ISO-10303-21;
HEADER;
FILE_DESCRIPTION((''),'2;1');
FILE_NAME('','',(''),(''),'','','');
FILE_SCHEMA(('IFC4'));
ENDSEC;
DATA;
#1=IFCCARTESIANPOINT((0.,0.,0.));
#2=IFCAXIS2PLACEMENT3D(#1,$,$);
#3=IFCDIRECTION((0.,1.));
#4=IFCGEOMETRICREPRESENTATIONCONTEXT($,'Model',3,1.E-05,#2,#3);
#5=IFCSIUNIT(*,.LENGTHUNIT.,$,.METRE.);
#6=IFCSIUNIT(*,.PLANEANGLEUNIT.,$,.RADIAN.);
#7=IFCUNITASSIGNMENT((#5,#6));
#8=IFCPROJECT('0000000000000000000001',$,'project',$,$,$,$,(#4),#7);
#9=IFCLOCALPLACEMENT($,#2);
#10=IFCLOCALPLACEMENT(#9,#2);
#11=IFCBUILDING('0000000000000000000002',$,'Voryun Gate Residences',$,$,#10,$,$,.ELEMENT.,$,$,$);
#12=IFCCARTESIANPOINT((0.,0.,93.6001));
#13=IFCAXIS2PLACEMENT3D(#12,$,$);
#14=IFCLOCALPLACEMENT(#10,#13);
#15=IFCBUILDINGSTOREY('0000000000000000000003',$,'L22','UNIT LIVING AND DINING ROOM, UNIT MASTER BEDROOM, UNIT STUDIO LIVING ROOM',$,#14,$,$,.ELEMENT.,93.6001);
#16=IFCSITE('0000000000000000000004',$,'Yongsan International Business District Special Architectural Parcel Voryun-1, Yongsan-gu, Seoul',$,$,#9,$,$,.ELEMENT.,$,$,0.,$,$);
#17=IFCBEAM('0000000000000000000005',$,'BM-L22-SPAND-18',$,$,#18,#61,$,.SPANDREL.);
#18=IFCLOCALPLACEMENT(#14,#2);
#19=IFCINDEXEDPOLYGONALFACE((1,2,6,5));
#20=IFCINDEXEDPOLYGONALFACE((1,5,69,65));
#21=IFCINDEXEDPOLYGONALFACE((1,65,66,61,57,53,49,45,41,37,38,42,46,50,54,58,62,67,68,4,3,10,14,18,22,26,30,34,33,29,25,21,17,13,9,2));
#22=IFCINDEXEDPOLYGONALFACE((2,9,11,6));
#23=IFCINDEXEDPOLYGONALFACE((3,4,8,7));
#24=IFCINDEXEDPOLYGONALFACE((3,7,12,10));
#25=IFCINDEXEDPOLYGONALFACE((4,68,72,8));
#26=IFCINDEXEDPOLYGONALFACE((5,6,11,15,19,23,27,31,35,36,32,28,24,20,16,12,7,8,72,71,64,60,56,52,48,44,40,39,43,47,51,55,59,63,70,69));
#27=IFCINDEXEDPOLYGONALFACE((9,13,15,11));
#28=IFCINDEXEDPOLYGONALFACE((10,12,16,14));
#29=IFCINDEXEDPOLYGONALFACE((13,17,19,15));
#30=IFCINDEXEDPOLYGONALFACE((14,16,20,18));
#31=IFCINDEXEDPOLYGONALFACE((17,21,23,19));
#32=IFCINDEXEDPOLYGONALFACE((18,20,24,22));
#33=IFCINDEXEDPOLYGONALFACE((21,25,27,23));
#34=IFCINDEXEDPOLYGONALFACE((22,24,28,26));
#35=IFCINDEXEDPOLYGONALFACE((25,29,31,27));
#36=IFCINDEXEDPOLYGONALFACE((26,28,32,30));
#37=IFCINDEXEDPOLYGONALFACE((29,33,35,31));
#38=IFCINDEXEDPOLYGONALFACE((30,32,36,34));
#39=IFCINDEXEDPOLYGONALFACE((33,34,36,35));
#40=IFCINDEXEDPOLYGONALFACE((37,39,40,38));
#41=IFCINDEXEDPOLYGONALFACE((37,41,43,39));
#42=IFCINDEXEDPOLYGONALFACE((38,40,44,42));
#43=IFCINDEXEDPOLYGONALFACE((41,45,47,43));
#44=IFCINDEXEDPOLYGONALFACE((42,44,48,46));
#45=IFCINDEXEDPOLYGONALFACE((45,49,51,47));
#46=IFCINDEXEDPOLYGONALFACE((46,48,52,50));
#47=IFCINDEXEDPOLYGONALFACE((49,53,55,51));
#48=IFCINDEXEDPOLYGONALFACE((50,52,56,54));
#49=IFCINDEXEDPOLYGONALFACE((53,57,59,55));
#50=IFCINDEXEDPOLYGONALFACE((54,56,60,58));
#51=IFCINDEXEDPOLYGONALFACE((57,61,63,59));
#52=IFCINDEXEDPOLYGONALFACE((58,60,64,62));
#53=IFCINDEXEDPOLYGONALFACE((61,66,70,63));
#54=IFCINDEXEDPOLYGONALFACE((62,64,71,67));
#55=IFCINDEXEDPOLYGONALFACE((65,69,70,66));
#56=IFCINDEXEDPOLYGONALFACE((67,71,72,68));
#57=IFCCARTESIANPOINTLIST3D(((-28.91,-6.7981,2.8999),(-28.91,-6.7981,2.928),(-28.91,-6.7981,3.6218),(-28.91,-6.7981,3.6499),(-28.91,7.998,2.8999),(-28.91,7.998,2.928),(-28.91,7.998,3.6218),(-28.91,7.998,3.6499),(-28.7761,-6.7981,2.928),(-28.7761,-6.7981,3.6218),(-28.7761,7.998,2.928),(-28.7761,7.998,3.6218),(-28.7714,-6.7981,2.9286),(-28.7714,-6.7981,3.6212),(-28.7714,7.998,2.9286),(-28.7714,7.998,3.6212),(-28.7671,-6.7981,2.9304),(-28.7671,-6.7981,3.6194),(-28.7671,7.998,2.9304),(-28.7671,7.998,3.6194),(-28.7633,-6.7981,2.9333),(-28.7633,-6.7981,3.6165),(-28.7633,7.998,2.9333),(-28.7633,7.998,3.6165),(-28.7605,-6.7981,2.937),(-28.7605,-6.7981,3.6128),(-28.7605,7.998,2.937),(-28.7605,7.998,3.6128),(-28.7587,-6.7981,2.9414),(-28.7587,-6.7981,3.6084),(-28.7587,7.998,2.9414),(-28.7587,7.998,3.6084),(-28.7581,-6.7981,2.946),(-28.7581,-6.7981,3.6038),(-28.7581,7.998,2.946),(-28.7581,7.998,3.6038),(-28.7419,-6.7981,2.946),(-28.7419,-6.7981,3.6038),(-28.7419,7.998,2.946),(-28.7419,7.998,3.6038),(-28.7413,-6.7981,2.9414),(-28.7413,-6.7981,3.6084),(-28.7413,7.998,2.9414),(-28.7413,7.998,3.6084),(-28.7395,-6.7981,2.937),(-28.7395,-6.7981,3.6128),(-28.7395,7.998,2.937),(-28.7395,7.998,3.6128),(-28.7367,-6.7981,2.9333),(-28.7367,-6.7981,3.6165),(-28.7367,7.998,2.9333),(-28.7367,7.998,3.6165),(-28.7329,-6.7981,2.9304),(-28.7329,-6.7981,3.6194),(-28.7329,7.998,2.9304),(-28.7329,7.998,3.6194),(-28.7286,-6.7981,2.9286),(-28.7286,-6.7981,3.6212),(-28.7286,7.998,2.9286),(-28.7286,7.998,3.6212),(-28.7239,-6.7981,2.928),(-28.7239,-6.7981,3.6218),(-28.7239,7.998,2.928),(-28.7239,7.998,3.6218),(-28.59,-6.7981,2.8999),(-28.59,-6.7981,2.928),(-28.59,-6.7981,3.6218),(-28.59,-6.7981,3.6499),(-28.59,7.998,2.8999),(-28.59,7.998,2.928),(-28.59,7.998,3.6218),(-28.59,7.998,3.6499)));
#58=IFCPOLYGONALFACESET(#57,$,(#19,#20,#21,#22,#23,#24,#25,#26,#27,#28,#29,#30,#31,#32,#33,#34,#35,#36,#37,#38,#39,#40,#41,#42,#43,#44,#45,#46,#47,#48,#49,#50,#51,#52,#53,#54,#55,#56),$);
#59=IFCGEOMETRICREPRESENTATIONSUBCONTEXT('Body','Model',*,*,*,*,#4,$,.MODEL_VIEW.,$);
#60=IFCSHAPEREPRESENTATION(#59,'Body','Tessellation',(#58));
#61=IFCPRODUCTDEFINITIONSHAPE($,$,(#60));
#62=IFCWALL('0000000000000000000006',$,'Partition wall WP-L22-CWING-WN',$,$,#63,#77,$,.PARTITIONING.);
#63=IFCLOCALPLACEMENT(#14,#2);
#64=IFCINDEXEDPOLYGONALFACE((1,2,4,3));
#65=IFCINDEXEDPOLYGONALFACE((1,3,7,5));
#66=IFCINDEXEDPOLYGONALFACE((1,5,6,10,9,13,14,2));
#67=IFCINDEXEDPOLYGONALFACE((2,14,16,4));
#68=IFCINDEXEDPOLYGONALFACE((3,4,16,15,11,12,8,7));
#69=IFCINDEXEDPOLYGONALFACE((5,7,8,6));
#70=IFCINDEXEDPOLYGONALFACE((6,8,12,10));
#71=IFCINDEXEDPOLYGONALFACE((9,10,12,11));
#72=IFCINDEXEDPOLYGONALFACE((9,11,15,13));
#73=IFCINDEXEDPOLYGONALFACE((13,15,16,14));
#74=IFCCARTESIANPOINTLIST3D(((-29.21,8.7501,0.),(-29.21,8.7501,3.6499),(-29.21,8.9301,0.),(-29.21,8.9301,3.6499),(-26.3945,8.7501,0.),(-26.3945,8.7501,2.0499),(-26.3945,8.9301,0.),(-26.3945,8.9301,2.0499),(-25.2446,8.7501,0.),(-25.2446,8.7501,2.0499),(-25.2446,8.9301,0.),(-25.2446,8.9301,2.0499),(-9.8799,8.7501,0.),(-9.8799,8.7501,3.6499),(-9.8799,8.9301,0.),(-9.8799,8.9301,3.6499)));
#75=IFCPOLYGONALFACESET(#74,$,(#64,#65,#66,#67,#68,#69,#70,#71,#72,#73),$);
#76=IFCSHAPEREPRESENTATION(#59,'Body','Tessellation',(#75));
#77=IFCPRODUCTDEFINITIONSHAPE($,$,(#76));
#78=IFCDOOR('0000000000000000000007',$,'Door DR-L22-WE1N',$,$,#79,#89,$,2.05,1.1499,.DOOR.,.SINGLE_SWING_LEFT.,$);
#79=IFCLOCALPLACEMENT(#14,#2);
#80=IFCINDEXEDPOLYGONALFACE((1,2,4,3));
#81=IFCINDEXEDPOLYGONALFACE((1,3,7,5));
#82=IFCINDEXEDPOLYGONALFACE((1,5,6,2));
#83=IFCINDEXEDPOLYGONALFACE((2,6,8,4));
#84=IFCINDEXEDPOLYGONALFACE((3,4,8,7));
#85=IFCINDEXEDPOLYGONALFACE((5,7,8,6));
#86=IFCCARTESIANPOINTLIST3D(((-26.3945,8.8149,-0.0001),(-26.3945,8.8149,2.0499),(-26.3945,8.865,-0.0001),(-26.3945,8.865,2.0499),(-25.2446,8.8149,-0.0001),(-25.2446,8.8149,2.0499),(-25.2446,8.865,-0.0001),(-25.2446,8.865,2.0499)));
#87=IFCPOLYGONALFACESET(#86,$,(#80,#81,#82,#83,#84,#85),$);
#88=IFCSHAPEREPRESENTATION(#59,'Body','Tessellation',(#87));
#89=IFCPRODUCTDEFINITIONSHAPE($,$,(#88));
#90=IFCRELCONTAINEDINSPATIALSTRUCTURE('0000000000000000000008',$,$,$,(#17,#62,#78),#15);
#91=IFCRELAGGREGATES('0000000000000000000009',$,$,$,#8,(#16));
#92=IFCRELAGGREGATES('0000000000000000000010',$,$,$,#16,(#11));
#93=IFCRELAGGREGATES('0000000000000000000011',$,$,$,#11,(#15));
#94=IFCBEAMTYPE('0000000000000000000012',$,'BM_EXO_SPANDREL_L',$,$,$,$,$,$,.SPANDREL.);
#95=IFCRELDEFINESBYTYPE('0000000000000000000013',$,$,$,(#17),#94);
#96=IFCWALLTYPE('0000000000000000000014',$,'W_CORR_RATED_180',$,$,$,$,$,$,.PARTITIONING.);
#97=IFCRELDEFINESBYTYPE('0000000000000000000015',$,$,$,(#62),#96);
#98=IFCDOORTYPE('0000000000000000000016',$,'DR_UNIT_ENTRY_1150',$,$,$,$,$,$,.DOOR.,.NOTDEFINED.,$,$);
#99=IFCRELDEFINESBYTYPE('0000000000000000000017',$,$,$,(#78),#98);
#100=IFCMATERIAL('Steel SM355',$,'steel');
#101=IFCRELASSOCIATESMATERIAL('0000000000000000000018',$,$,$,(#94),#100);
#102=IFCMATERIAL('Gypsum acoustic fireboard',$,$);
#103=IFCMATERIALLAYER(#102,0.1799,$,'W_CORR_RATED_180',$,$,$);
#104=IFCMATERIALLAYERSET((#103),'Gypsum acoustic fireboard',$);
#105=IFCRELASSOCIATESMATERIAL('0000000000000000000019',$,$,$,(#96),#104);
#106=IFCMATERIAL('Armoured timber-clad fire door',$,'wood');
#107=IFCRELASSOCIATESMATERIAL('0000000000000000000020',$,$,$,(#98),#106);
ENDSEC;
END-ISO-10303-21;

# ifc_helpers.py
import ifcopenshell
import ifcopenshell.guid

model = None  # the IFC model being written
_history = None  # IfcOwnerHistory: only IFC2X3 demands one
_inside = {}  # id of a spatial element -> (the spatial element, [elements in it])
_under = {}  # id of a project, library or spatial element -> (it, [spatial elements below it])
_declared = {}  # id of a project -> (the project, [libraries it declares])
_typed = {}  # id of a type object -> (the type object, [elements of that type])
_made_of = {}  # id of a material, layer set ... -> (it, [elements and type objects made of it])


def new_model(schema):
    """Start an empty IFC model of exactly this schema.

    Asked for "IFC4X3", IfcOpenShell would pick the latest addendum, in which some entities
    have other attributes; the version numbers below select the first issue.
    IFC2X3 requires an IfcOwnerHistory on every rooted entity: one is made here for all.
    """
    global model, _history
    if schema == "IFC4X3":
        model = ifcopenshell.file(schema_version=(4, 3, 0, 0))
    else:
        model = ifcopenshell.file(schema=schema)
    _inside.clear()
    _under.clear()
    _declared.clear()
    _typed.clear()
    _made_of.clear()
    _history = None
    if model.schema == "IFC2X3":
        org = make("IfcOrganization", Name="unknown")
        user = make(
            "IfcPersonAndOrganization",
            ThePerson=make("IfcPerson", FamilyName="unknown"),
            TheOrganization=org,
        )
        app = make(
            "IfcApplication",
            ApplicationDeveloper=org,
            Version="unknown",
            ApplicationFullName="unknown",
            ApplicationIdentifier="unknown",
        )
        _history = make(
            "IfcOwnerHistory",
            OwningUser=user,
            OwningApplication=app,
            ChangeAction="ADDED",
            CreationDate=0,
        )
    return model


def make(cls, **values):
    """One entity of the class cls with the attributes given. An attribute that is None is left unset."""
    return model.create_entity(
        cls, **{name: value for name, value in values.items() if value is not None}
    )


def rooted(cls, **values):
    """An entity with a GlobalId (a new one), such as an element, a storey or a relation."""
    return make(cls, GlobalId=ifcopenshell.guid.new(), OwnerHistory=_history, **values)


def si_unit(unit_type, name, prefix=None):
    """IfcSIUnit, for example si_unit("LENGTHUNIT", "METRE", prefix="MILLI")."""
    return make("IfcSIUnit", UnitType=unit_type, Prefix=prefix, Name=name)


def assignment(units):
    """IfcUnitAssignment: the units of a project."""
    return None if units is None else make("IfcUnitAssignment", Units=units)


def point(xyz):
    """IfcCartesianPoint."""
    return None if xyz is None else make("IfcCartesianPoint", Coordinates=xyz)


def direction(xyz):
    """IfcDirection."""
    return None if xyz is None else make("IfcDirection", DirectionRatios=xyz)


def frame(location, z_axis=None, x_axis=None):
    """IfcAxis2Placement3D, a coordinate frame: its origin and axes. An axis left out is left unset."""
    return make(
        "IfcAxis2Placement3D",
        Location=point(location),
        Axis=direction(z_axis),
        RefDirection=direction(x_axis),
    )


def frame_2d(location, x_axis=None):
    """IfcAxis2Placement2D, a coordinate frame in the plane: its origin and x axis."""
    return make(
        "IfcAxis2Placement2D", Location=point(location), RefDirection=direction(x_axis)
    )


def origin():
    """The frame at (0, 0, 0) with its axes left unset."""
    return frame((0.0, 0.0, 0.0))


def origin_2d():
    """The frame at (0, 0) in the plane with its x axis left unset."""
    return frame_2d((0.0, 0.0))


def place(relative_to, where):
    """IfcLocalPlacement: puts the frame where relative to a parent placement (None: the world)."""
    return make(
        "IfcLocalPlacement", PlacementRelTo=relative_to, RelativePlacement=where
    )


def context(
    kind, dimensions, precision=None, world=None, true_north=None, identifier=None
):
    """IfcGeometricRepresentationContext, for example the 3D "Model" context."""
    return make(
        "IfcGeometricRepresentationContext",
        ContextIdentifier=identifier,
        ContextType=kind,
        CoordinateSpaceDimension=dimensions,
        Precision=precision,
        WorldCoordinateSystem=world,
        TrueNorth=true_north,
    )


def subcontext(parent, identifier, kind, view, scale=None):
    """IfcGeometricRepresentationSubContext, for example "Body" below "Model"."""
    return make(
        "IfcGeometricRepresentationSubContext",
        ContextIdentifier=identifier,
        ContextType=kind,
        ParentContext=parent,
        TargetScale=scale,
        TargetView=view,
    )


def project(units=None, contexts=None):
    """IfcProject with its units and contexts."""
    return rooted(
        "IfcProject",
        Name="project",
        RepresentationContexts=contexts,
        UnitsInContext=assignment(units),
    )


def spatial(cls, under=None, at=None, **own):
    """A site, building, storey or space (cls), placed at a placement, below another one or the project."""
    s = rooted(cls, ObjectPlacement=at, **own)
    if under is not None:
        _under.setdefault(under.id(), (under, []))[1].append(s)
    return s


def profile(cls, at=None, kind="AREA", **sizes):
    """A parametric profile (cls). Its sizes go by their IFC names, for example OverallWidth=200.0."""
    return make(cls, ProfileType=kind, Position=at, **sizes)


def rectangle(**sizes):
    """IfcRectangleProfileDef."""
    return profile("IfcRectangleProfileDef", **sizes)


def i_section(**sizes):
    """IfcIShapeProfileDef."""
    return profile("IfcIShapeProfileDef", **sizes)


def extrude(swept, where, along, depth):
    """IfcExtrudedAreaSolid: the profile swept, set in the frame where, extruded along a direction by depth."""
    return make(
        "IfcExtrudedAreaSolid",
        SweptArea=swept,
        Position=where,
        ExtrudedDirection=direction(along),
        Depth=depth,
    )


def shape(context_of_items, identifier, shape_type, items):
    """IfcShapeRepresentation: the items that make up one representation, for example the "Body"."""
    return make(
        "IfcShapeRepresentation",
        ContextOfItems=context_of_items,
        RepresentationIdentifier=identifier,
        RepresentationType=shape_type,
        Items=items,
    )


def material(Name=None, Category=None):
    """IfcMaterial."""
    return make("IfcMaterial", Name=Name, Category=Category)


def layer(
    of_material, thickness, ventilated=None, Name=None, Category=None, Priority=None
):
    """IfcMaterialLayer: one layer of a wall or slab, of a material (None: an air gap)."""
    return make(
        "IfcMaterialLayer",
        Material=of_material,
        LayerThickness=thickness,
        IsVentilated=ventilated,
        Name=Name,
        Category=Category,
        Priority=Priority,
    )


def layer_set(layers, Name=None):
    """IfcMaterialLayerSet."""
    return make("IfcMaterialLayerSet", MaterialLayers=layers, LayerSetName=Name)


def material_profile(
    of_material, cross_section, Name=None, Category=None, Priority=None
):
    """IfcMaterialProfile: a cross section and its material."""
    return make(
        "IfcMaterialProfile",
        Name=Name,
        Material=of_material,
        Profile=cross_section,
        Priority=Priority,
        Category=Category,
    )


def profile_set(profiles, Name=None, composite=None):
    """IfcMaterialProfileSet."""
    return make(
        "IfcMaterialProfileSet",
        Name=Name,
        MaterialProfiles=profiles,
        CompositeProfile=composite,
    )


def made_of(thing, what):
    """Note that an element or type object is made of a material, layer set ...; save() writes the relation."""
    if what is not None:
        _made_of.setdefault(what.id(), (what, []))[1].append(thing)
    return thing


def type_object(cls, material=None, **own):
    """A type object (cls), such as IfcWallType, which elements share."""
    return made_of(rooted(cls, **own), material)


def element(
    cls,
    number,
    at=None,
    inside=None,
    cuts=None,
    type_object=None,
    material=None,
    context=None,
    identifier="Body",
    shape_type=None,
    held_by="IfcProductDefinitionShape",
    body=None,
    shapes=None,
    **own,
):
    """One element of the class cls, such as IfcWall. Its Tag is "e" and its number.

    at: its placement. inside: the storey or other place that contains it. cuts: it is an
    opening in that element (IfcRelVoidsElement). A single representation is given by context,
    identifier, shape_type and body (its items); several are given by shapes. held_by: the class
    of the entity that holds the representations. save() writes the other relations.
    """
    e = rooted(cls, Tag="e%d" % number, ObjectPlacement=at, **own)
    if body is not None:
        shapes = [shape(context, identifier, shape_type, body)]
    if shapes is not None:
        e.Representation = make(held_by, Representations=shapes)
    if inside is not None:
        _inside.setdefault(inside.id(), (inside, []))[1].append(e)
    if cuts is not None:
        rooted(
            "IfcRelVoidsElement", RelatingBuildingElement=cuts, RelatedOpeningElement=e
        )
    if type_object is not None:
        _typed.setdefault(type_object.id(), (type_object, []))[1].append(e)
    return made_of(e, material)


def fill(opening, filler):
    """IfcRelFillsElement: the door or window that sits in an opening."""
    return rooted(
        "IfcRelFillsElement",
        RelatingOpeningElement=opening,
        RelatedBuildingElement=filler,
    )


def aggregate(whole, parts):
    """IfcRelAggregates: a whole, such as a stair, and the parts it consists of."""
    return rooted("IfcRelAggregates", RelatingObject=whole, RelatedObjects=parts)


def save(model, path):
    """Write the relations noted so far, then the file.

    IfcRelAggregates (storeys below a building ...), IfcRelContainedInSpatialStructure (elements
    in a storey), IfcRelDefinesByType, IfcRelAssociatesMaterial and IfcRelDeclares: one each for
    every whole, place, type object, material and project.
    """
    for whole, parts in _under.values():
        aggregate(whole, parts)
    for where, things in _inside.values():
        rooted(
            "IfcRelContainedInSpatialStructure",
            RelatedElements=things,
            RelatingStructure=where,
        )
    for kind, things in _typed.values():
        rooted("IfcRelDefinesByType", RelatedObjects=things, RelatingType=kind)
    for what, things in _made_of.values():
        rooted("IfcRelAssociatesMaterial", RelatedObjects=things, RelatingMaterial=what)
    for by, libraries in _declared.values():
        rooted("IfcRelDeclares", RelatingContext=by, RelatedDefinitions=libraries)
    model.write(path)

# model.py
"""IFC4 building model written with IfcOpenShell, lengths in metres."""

from ifc_helpers import new_model, si_unit, direction, frame, frame_2d, origin, origin_2d, place, context, subcontext, project, spatial, rectangle, i_section, extrude, material, layer, layer_set, material_profile, profile_set, type_object, element, fill, save


model = new_model("IFC4")

# Units and contexts
model_context = context("Model", 3, precision=1e-05, world=origin(), true_north=direction((0.0, 1.0)))
body_context = subcontext(model_context, "Body", "Model", "MODEL_VIEW")
ifc_project = project(units=[si_unit("LENGTHUNIT", "METRE"), si_unit("PLANEANGLEUNIT", "RADIAN")], contexts=[model_context])

# Site, building, storey
site_placement = place(None, origin())
site = spatial("IfcSite", under=ifc_project, at=site_placement, Name="Yongsan International Business District Special Architectural Parcel Voryun-1, Yongsan-gu, Seoul", CompositionType="ELEMENT", RefElevation=0.0)
building_placement = place(site_placement, origin())
building = spatial("IfcBuilding", under=site, at=building_placement, Name="Voryun Gate Residences", CompositionType="ELEMENT")
storey_placement = place(building_placement, frame((0.0, 0.0, 93.6001)))
storey = spatial("IfcBuildingStorey", under=building, at=storey_placement, Name="L22", Description="UNIT LIVING AND DINING ROOM, UNIT MASTER BEDROOM, UNIT STUDIO LIVING ROOM", CompositionType="ELEMENT", Elevation=93.6001)

# Beam
ifc_material_1 = material(Name="Steel SM355", Category="steel")
ifc_material_profile = material_profile(ifc_material_1, i_section(OverallWidth=0.3201, OverallDepth=0.75, WebThickness=0.0161, FlangeThickness=0.0281, FilletRadius=0.0181, at=origin_2d()), Name="H-750x320x16x28")
ifc_profile_set = profile_set([ifc_material_profile], Name="Steel SM355")
beam_type = type_object("IfcBeamType", Name="BM_EXO_SPANDREL_L", PredefinedType="SPANDREL", material=ifc_profile_set)
beam_placement = place(storey_placement, frame((-28.75, 7.998, 3.2749), z_axis=(0.0, -1.0, 0.0), x_axis=(1.0, 0.0, 0.0)))
element("IfcBeam", 1, at=beam_placement, inside=storey, type_object=beam_type, Name="BM-L22-SPAND-18", PredefinedType="SPANDREL", context=body_context, shape_type="SweptSolid", body=[
    extrude(i_section(OverallWidth=0.3201, OverallDepth=0.75, WebThickness=0.0161, FlangeThickness=0.0281, FilletRadius=0.0181, at=origin_2d()), origin(), (0.0, 0.0, 1.0), 14.7961),
])

# Wall, opening, door
ifc_material_2 = material(Name="Gypsum acoustic fireboard")
ifc_layer_1 = layer(ifc_material_2, 0.1799, Name="W_CORR_RATED_180")
ifc_layer_set_1 = layer_set([ifc_layer_1], Name="Gypsum acoustic fireboard")
wall_type_1 = type_object("IfcWallType", Name="W_CORR_RATED_180", PredefinedType="PARTITIONING", material=ifc_layer_set_1)
wall_1_placement = place(storey_placement, frame((-29.21, 8.8401, 0.0), z_axis=(0.0, 0.0, 1.0), x_axis=(1.0, 0.0, 0.0)))
wall_1 = element("IfcWall", 2, at=wall_1_placement, inside=storey, type_object=wall_type_1, Name="Partition wall WP-L22-CWING-WN", PredefinedType="PARTITIONING", context=body_context, shape_type="SweptSolid", body=[
    extrude(rectangle(XDim=19.3301, YDim=0.1799, at=frame_2d((9.665, 0.0))), origin(), (0.0, 0.0, 1.0), 3.6499),
])
opening_1_placement = place(wall_1_placement, frame((2.8154, 0.0, 0.0)))
opening_1 = element("IfcOpeningElement", 3, at=opening_1_placement, cuts=wall_1, PredefinedType="OPENING", context=body_context, shape_type="SweptSolid", body=[
    extrude(rectangle(XDim=1.1499, YDim=2.05, at=frame_2d((0.575, 1.0249))), frame((0.0, 0.0999, 0.0), z_axis=(0.0, -1.0, 0.0), x_axis=(1.0, 0.0, 0.0)), (0.0, 0.0, 1.0), 0.2),
])
ifc_material_3 = material(Name="Armoured timber-clad fire door", Category="wood")
door_type_1 = type_object("IfcDoorType", Name="DR_UNIT_ENTRY_1150", OperationType="NOTDEFINED", PredefinedType="DOOR", material=ifc_material_3)
door_1_placement = place(opening_1_placement, origin())
door_1 = element("IfcDoor", 4, at=door_1_placement, inside=storey, type_object=door_type_1, Name="Door DR-L22-WE1N", OperationType="SINGLE_SWING_LEFT", OverallHeight=2.05, OverallWidth=1.1499, PredefinedType="DOOR", context=body_context, shape_type="SweptSolid", body=[
    extrude(rectangle(XDim=1.1499, YDim=2.05, at=frame_2d((0.575, 1.0249))), frame((0.0, 0.0249, 0.0), z_axis=(0.0, -1.0, 0.0), x_axis=(1.0, 0.0, 0.0)), (0.0, 0.0, 1.0), 0.05),
])
fill(opening_1, door_1)

save(model, "model.ifc")
